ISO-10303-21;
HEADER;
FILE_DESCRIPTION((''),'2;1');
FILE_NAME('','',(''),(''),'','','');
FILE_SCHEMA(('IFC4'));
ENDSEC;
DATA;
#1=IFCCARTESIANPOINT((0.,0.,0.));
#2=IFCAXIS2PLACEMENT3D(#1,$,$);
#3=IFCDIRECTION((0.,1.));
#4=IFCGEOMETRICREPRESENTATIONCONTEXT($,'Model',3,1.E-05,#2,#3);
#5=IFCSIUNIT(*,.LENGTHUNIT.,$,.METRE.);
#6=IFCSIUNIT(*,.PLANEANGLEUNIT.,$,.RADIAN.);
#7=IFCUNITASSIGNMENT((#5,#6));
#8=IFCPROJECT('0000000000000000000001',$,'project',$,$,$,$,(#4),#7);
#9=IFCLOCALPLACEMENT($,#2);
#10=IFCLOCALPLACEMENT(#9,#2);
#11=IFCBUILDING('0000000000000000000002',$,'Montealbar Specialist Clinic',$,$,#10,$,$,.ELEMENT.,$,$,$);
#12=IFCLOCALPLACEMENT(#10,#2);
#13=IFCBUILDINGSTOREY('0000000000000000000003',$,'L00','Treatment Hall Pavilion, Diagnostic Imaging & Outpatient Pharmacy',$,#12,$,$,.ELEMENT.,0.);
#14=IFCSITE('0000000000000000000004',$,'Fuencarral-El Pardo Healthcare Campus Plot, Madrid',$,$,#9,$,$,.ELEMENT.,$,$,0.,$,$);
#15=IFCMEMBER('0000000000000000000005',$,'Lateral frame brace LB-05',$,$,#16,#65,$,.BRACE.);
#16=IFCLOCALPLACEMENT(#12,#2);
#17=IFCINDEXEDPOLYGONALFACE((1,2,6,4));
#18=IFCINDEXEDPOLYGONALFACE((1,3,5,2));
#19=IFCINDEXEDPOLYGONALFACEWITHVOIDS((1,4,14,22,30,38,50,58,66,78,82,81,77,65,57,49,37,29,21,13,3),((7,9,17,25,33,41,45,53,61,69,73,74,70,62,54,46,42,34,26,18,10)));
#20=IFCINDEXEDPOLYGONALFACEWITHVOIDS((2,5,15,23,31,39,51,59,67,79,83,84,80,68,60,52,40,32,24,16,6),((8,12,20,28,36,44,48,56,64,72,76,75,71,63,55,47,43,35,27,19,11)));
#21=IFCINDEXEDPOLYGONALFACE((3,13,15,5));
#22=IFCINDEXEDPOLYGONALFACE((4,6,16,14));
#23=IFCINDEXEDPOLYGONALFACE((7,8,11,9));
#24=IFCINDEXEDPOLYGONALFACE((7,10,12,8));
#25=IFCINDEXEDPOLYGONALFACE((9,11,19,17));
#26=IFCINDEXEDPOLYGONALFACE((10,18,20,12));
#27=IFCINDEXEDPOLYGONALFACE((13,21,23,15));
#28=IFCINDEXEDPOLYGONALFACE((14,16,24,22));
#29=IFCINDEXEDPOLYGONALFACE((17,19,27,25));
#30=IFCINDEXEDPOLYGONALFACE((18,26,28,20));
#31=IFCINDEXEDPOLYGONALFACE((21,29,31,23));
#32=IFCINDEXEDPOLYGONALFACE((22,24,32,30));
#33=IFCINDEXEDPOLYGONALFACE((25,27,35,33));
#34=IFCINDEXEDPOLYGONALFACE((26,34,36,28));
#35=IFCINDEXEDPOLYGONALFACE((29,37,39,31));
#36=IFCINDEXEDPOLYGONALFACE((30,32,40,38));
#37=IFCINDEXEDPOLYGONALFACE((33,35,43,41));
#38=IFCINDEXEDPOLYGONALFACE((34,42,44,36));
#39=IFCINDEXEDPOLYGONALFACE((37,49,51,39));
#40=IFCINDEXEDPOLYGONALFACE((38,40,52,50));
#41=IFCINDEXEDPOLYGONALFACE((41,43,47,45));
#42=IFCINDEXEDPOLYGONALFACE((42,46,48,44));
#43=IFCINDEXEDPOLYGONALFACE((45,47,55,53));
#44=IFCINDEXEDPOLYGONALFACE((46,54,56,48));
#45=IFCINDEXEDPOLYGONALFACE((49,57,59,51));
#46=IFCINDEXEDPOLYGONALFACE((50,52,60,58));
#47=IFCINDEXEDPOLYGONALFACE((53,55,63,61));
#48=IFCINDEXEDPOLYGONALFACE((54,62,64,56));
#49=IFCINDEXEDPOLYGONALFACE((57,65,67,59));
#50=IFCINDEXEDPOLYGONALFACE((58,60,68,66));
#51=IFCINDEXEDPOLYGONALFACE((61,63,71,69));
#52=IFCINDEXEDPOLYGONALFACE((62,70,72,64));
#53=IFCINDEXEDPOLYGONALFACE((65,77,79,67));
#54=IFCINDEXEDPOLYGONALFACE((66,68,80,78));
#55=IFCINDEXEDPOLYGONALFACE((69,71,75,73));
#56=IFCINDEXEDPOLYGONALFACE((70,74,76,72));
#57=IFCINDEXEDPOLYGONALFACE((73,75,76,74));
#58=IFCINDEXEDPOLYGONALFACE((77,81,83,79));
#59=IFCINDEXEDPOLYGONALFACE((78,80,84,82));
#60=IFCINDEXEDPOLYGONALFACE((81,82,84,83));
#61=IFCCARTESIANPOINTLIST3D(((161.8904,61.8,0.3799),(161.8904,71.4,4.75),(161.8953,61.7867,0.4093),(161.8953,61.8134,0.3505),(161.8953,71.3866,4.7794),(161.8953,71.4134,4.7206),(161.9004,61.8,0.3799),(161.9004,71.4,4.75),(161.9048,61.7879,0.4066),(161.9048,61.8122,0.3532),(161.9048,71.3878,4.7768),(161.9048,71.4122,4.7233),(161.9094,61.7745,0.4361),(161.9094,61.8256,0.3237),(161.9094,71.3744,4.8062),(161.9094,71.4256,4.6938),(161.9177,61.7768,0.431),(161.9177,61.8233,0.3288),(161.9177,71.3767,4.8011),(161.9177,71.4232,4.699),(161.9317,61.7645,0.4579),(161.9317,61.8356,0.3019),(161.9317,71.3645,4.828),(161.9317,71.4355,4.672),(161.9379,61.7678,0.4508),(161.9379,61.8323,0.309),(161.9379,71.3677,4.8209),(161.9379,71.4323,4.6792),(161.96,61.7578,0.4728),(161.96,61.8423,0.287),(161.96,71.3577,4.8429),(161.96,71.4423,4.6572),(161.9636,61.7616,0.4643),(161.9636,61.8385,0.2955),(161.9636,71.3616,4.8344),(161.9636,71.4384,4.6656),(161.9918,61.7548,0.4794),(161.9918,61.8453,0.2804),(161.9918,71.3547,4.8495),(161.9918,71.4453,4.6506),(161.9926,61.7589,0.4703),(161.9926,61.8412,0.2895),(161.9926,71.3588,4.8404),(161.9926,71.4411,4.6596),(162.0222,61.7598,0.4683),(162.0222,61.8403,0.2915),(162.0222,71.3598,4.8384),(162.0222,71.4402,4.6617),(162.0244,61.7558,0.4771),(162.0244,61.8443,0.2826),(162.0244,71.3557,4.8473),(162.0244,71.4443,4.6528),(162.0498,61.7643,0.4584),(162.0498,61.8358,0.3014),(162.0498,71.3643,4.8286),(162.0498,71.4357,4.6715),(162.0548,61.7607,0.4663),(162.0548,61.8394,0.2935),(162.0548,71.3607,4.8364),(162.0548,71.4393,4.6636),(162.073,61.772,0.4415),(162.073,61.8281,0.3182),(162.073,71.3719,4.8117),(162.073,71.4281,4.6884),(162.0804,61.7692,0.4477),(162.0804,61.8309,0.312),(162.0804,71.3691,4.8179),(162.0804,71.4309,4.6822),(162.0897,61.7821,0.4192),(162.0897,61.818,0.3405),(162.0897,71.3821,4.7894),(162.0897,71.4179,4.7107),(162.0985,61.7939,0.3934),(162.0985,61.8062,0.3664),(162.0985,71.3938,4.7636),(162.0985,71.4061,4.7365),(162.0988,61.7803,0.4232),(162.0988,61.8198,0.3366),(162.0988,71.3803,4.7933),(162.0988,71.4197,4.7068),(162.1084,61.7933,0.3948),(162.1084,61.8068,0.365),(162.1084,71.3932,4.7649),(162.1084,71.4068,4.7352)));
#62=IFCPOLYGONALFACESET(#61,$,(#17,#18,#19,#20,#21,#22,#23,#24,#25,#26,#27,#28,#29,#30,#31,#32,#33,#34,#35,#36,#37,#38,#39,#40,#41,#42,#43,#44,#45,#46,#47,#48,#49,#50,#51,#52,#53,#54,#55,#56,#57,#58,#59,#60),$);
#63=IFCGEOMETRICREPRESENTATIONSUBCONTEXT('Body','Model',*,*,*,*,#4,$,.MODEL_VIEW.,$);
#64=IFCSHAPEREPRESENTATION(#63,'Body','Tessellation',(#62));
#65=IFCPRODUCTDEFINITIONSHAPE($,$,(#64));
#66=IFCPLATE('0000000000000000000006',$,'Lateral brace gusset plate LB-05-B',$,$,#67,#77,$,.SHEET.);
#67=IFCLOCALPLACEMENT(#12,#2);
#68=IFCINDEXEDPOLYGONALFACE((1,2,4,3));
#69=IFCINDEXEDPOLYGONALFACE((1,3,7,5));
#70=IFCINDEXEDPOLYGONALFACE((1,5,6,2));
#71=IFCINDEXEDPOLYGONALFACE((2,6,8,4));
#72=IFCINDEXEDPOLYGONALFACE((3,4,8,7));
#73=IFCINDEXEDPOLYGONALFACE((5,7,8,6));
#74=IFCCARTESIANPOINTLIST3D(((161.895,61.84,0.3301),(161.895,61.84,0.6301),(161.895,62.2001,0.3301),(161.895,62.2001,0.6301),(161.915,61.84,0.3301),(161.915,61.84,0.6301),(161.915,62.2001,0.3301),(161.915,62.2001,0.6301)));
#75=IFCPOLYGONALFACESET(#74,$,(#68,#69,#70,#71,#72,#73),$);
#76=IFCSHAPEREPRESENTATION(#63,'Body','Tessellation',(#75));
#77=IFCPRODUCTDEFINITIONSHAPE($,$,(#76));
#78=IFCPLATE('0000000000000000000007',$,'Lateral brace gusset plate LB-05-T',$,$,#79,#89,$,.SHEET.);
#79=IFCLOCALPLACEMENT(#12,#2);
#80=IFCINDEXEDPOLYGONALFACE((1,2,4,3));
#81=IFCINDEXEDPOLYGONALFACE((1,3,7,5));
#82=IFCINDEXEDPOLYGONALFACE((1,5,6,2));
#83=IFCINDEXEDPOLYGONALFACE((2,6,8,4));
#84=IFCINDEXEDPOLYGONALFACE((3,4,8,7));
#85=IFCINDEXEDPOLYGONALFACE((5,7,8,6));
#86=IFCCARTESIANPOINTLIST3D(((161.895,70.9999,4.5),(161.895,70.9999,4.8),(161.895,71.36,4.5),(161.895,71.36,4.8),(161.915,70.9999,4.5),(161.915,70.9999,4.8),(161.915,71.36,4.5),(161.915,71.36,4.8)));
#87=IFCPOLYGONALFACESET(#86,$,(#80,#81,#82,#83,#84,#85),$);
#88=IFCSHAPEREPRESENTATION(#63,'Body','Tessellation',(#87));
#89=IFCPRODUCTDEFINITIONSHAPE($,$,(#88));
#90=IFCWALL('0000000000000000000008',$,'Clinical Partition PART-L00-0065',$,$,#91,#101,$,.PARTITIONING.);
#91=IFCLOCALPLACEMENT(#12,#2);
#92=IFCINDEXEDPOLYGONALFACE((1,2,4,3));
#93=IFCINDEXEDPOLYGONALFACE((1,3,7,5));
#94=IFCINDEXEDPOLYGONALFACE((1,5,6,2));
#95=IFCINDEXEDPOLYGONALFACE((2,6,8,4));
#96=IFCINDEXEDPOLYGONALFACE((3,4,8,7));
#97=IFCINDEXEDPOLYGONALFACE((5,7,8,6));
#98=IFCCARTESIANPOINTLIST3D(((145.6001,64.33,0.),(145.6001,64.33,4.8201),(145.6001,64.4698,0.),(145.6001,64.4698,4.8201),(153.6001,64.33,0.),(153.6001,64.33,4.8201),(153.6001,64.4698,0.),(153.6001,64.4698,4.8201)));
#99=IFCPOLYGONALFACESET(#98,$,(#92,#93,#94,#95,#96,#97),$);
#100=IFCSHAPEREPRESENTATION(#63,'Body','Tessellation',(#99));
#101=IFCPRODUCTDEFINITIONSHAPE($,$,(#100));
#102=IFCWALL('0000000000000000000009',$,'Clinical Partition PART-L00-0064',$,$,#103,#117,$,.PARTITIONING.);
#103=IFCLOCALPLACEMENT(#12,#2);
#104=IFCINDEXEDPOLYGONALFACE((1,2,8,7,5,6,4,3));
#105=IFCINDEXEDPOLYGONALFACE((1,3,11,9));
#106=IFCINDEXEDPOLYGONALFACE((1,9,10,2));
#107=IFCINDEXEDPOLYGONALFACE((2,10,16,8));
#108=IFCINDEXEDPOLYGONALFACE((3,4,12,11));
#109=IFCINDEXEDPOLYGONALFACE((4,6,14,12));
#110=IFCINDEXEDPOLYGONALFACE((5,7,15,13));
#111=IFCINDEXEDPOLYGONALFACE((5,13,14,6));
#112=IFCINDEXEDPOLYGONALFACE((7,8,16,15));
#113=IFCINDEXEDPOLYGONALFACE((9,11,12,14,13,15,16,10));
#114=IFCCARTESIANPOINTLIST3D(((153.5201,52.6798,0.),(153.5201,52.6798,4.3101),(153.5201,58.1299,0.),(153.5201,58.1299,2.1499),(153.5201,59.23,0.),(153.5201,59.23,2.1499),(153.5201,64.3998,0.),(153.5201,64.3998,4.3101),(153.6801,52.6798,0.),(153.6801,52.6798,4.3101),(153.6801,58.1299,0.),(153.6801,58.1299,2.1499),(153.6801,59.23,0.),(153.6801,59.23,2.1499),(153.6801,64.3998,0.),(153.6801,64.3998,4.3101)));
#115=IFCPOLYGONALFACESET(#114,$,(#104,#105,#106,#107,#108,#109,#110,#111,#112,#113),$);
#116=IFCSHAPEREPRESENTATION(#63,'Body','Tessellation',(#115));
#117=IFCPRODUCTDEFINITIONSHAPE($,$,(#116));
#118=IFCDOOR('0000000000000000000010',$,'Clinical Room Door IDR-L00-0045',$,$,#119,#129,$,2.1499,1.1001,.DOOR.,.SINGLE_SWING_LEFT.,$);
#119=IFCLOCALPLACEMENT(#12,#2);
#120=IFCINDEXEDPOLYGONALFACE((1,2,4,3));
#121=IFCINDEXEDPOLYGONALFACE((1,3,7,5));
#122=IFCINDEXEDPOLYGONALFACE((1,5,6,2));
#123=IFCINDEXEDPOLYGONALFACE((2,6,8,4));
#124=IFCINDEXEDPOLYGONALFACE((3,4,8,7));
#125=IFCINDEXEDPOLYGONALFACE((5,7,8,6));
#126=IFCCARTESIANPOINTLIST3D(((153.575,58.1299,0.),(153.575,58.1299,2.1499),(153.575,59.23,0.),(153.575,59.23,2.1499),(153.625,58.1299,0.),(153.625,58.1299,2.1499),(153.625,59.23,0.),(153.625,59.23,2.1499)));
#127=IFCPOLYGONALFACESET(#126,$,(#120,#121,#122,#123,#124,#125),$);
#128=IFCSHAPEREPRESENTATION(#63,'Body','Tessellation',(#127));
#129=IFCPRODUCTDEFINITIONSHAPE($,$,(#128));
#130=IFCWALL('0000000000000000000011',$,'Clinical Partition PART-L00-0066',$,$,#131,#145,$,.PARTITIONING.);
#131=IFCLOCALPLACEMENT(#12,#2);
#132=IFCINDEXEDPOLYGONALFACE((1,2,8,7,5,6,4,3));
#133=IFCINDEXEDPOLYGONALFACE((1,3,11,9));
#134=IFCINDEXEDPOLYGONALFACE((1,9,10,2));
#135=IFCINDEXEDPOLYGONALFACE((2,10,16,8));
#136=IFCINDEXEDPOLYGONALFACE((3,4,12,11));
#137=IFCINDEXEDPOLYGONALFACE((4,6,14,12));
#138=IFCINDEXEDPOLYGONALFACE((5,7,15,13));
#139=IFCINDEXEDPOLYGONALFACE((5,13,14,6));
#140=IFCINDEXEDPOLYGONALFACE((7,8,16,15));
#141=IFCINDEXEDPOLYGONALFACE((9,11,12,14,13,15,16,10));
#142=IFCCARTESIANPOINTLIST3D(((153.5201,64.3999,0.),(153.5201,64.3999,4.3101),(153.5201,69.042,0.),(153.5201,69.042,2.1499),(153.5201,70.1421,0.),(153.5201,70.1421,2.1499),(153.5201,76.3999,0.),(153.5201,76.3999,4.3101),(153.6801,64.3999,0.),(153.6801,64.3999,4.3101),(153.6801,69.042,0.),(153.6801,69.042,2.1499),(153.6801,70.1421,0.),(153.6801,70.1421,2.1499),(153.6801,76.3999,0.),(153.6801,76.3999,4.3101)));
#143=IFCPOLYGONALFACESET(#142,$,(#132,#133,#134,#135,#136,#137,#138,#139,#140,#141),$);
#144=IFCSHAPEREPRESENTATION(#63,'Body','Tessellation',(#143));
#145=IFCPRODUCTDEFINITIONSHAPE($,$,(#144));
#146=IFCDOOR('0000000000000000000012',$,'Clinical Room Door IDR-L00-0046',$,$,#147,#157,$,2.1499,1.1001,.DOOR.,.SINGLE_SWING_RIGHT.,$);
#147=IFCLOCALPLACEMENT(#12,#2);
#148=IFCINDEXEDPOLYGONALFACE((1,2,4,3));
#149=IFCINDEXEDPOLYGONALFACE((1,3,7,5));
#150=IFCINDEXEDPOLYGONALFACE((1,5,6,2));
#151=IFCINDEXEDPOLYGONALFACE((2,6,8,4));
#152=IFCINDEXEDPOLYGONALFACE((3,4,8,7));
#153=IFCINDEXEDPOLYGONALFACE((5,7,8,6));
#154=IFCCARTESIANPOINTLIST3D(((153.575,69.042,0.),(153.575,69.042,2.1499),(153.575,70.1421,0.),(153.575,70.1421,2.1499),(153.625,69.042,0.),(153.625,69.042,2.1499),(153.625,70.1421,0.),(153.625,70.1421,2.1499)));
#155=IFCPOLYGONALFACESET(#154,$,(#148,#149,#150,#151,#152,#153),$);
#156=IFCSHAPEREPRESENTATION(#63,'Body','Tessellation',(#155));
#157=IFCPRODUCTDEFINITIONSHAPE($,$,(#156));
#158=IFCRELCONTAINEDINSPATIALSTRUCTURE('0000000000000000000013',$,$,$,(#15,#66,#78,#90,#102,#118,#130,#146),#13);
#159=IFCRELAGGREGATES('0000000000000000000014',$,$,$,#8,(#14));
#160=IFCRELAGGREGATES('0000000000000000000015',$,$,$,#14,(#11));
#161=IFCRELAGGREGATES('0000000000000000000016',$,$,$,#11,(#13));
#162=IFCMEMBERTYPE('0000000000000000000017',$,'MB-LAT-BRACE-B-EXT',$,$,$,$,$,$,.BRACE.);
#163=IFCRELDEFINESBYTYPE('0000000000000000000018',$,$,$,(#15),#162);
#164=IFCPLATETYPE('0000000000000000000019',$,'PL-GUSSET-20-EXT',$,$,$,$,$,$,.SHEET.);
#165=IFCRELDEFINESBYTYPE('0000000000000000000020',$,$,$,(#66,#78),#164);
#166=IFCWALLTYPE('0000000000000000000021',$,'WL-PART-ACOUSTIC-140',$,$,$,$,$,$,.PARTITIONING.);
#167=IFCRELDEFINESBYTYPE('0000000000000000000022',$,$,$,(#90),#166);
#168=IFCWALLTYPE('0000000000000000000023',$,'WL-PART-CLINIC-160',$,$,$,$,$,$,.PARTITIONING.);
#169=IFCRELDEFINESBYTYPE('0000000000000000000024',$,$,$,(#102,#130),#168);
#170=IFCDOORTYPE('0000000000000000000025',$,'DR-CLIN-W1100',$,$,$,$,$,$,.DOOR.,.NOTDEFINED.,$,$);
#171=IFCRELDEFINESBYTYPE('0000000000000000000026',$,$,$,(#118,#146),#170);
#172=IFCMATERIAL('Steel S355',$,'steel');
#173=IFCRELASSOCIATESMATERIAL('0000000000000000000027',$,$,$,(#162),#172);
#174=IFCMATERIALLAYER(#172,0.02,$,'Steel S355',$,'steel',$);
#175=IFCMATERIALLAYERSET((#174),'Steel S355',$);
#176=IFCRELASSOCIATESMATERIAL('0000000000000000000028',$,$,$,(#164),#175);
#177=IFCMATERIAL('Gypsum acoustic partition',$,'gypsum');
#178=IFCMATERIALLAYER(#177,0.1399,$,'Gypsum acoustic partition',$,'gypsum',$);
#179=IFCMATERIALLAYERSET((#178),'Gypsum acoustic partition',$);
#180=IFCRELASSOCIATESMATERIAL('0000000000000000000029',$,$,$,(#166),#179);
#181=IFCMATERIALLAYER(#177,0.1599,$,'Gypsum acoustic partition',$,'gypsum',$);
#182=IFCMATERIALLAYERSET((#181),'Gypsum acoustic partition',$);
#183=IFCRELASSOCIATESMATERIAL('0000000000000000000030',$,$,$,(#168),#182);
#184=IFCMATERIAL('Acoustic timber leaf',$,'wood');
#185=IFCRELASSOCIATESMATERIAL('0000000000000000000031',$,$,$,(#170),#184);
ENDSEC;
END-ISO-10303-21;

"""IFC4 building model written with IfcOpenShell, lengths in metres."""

from ifc_helpers import new_model, si_unit, direction, frame, frame_2d, origin, origin_2d, place, context, subcontext, project, spatial, rectangle, hollow_circle, extrude, material, layer, layer_set, material_profile, profile_set, type_object, element, fill, save


model = new_model("IFC4")

# Units and contexts
model_context = context("Model", 3, precision=1e-05, world=origin(), true_north=direction((0.0, 1.0)))
body_context = subcontext(model_context, "Body", "Model", "MODEL_VIEW")
ifc_project = project(units=[si_unit("LENGTHUNIT", "METRE"), si_unit("PLANEANGLEUNIT", "RADIAN")], contexts=[model_context])

# Site, building, storey
site_placement = place(None, origin())
site = spatial("IfcSite", under=ifc_project, at=site_placement, Name="Fuencarral-El Pardo Healthcare Campus Plot, Madrid", CompositionType="ELEMENT", RefElevation=0.0)
building_placement = place(site_placement, origin())
building = spatial("IfcBuilding", under=site, at=building_placement, Name="Montealbar Specialist Clinic", CompositionType="ELEMENT")
storey_placement = place(building_placement, origin())
storey = spatial("IfcBuildingStorey", under=building, at=storey_placement, Name="L00", Description="Treatment Hall Pavilion, Diagnostic Imaging & Outpatient Pharmacy", CompositionType="ELEMENT", Elevation=0.0)

# Shared definitions
ifc_material_1 = material(Name="Steel S355", Category="steel")

# Member
ifc_material_profile_1 = material_profile(ifc_material_1, hollow_circle(Radius=0.1096, WallThickness=0.01, at=origin_2d()), Name="CHS 219.1x10.0", Category="steel")
ifc_profile_set_1 = profile_set([ifc_material_profile_1], Name="Steel S355")
member_type = type_object("IfcMemberType", Name="MB-LAT-BRACE-B-EXT", PredefinedType="BRACE", material=ifc_profile_set_1)
member_placement = place(storey_placement, frame((162.0, 61.8, 0.3799), z_axis=(0.0, 0.910132, 0.414317), x_axis=(-1.0, 0.0, 0.0)))
element("IfcMember", 1, at=member_placement, inside=storey, type_object=member_type, Name="Lateral frame brace LB-05", PredefinedType="BRACE", context=body_context, shape_type="SweptSolid", body=[
    extrude(hollow_circle(Radius=0.1096, WallThickness=0.01, at=origin_2d()), origin(), (0.0, 0.0, 1.0), 10.5479),
])

# Plates
ifc_layer_1 = layer(ifc_material_1, 0.02, Name="Steel S355", Category="steel")
ifc_layer_set_1 = layer_set([ifc_layer_1], Name="Steel S355")
plate_type = type_object("IfcPlateType", Name="PL-GUSSET-20-EXT", PredefinedType="SHEET", material=ifc_layer_set_1)
for number, where, z_axis, x_axis, name in (
    (2, (161.905, 62.02, 0.3301), (0.0, 0.0, 1.0), (0.0, 1.0, 0.0), "Lateral brace gusset plate LB-05-B"),
    (3, (161.905, 71.1799, 4.5), (0.0, 0.0, 1.0), (0.0, 1.0, 0.0), "Lateral brace gusset plate LB-05-T"),
):
    element("IfcPlate", number, at=place(storey_placement, frame(where, z_axis=z_axis, x_axis=x_axis)), inside=storey, type_object=plate_type, Name=name, PredefinedType="SHEET", context=body_context, shape_type="SweptSolid", body=[
        extrude(rectangle(XDim=0.3601, YDim=0.02, at=origin_2d()), origin(), (0.0, 0.0, 1.0), 0.3),
    ])

# Wall
ifc_material_2 = material(Name="Gypsum acoustic partition", Category="gypsum")
ifc_layer_2 = layer(ifc_material_2, 0.1399, Name="Gypsum acoustic partition", Category="gypsum")
ifc_layer_set_2 = layer_set([ifc_layer_2], Name="Gypsum acoustic partition")
wall_type_1 = type_object("IfcWallType", Name="WL-PART-ACOUSTIC-140", PredefinedType="PARTITIONING", material=ifc_layer_set_2)
wall_1_placement = place(storey_placement, frame((145.6001, 64.3999, 0.0), z_axis=(0.0, 0.0, 1.0), x_axis=(1.0, 0.0, 0.0)))
element("IfcWall", 4, at=wall_1_placement, inside=storey, type_object=wall_type_1, Name="Clinical Partition PART-L00-0065", PredefinedType="PARTITIONING", context=body_context, shape_type="SweptSolid", body=[
    extrude(rectangle(XDim=8.0, YDim=0.1399, at=frame_2d((4.0, 0.0))), origin(), (0.0, 0.0, 1.0), 4.8201),
])

# Walls, openings, doors
ifc_layer_3 = layer(ifc_material_2, 0.1599, Name="Gypsum acoustic partition", Category="gypsum")
ifc_layer_set_3 = layer_set([ifc_layer_3], Name="Gypsum acoustic partition")
wall_type_2 = type_object("IfcWallType", Name="WL-PART-CLINIC-160", PredefinedType="PARTITIONING", material=ifc_layer_set_3)
wall_2_placement = place(storey_placement, frame((153.6001, 52.6799, 0.0), z_axis=(0.0, 0.0, 1.0), x_axis=(0.0, 1.0, 0.0)))
wall_2 = element("IfcWall", 5, at=wall_2_placement, inside=storey, type_object=wall_type_2, Name="Clinical Partition PART-L00-0064", PredefinedType="PARTITIONING", context=body_context, shape_type="SweptSolid", body=[
    extrude(rectangle(XDim=11.72, YDim=0.1599, at=frame_2d((5.8599, 0.0))), origin(), (0.0, 0.0, 1.0), 4.3101),
])
opening_1_placement = place(wall_2_placement, frame((5.45, 0.0, 0.0)))
opening_1 = element("IfcOpeningElement", 6, at=opening_1_placement, cuts=wall_2, PredefinedType="OPENING", context=body_context, shape_type="SweptSolid", body=[
    extrude(rectangle(XDim=1.1001, YDim=2.1499, at=frame_2d((0.55, 1.075))), frame((0.0, 0.0898, 0.0), z_axis=(0.0, -1.0, 0.0), x_axis=(1.0, 0.0, 0.0)), (0.0, 0.0, 1.0), 0.1799),
])
ifc_material_3 = material(Name="Acoustic timber leaf", Category="wood")
door_type = type_object("IfcDoorType", Name="DR-CLIN-W1100", OperationType="NOTDEFINED", PredefinedType="DOOR", material=ifc_material_3)
door_1_placement = place(opening_1_placement, frame((1.1001, 0.0, 0.0), z_axis=(0.0, 0.0, 1.0), x_axis=(-1.0, 0.0, 0.0)))
door_1 = element("IfcDoor", 7, at=door_1_placement, inside=storey, type_object=door_type, Name="Clinical Room Door IDR-L00-0045", OperationType="SINGLE_SWING_LEFT", OverallHeight=2.1499, OverallWidth=1.1001, PredefinedType="DOOR", context=body_context, shape_type="SweptSolid", body=[
    extrude(rectangle(XDim=1.1001, YDim=2.1499, at=frame_2d((0.55, 1.075))), frame((0.0, 0.0249, 0.0), z_axis=(0.0, -1.0, 0.0), x_axis=(1.0, 0.0, 0.0)), (0.0, 0.0, 1.0), 0.05),
])
fill(opening_1, door_1)
wall_3_placement = place(storey_placement, frame((153.6001, 64.3999, 0.0), z_axis=(0.0, 0.0, 1.0), x_axis=(0.0, 1.0, 0.0)))
wall_3 = element("IfcWall", 8, at=wall_3_placement, inside=storey, type_object=wall_type_2, Name="Clinical Partition PART-L00-0066", PredefinedType="PARTITIONING", context=body_context, shape_type="SweptSolid", body=[
    extrude(rectangle(XDim=12.0, YDim=0.1599, at=frame_2d((6.0, 0.0))), origin(), (0.0, 0.0, 1.0), 4.3101),
])
opening_2_placement = place(wall_3_placement, frame((4.6421, 0.0, 0.0)))
opening_2 = element("IfcOpeningElement", 9, at=opening_2_placement, cuts=wall_3, PredefinedType="OPENING", context=body_context, shape_type="SweptSolid", body=[
    extrude(rectangle(XDim=1.1001, YDim=2.1499, at=frame_2d((0.55, 1.075))), frame((0.0, 0.0898, 0.0), z_axis=(0.0, -1.0, 0.0), x_axis=(1.0, 0.0, 0.0)), (0.0, 0.0, 1.0), 0.1799),
])
door_2_placement = place(opening_2_placement, frame((1.1001, 0.0, 0.0), z_axis=(0.0, 0.0, 1.0), x_axis=(-1.0, 0.0, 0.0)))
door_2 = element("IfcDoor", 10, at=door_2_placement, inside=storey, type_object=door_type, Name="Clinical Room Door IDR-L00-0046", OperationType="SINGLE_SWING_RIGHT", OverallHeight=2.1499, OverallWidth=1.1001, PredefinedType="DOOR", context=body_context, shape_type="SweptSolid", body=[
    extrude(rectangle(XDim=1.1001, YDim=2.1499, at=frame_2d((0.55, 1.075))), frame((0.0, 0.0249, 0.0), z_axis=(0.0, -1.0, 0.0), x_axis=(1.0, 0.0, 0.0)), (0.0, 0.0, 1.0), 0.05),
])
fill(opening_2, door_2)

save(model, "model.ifc")
